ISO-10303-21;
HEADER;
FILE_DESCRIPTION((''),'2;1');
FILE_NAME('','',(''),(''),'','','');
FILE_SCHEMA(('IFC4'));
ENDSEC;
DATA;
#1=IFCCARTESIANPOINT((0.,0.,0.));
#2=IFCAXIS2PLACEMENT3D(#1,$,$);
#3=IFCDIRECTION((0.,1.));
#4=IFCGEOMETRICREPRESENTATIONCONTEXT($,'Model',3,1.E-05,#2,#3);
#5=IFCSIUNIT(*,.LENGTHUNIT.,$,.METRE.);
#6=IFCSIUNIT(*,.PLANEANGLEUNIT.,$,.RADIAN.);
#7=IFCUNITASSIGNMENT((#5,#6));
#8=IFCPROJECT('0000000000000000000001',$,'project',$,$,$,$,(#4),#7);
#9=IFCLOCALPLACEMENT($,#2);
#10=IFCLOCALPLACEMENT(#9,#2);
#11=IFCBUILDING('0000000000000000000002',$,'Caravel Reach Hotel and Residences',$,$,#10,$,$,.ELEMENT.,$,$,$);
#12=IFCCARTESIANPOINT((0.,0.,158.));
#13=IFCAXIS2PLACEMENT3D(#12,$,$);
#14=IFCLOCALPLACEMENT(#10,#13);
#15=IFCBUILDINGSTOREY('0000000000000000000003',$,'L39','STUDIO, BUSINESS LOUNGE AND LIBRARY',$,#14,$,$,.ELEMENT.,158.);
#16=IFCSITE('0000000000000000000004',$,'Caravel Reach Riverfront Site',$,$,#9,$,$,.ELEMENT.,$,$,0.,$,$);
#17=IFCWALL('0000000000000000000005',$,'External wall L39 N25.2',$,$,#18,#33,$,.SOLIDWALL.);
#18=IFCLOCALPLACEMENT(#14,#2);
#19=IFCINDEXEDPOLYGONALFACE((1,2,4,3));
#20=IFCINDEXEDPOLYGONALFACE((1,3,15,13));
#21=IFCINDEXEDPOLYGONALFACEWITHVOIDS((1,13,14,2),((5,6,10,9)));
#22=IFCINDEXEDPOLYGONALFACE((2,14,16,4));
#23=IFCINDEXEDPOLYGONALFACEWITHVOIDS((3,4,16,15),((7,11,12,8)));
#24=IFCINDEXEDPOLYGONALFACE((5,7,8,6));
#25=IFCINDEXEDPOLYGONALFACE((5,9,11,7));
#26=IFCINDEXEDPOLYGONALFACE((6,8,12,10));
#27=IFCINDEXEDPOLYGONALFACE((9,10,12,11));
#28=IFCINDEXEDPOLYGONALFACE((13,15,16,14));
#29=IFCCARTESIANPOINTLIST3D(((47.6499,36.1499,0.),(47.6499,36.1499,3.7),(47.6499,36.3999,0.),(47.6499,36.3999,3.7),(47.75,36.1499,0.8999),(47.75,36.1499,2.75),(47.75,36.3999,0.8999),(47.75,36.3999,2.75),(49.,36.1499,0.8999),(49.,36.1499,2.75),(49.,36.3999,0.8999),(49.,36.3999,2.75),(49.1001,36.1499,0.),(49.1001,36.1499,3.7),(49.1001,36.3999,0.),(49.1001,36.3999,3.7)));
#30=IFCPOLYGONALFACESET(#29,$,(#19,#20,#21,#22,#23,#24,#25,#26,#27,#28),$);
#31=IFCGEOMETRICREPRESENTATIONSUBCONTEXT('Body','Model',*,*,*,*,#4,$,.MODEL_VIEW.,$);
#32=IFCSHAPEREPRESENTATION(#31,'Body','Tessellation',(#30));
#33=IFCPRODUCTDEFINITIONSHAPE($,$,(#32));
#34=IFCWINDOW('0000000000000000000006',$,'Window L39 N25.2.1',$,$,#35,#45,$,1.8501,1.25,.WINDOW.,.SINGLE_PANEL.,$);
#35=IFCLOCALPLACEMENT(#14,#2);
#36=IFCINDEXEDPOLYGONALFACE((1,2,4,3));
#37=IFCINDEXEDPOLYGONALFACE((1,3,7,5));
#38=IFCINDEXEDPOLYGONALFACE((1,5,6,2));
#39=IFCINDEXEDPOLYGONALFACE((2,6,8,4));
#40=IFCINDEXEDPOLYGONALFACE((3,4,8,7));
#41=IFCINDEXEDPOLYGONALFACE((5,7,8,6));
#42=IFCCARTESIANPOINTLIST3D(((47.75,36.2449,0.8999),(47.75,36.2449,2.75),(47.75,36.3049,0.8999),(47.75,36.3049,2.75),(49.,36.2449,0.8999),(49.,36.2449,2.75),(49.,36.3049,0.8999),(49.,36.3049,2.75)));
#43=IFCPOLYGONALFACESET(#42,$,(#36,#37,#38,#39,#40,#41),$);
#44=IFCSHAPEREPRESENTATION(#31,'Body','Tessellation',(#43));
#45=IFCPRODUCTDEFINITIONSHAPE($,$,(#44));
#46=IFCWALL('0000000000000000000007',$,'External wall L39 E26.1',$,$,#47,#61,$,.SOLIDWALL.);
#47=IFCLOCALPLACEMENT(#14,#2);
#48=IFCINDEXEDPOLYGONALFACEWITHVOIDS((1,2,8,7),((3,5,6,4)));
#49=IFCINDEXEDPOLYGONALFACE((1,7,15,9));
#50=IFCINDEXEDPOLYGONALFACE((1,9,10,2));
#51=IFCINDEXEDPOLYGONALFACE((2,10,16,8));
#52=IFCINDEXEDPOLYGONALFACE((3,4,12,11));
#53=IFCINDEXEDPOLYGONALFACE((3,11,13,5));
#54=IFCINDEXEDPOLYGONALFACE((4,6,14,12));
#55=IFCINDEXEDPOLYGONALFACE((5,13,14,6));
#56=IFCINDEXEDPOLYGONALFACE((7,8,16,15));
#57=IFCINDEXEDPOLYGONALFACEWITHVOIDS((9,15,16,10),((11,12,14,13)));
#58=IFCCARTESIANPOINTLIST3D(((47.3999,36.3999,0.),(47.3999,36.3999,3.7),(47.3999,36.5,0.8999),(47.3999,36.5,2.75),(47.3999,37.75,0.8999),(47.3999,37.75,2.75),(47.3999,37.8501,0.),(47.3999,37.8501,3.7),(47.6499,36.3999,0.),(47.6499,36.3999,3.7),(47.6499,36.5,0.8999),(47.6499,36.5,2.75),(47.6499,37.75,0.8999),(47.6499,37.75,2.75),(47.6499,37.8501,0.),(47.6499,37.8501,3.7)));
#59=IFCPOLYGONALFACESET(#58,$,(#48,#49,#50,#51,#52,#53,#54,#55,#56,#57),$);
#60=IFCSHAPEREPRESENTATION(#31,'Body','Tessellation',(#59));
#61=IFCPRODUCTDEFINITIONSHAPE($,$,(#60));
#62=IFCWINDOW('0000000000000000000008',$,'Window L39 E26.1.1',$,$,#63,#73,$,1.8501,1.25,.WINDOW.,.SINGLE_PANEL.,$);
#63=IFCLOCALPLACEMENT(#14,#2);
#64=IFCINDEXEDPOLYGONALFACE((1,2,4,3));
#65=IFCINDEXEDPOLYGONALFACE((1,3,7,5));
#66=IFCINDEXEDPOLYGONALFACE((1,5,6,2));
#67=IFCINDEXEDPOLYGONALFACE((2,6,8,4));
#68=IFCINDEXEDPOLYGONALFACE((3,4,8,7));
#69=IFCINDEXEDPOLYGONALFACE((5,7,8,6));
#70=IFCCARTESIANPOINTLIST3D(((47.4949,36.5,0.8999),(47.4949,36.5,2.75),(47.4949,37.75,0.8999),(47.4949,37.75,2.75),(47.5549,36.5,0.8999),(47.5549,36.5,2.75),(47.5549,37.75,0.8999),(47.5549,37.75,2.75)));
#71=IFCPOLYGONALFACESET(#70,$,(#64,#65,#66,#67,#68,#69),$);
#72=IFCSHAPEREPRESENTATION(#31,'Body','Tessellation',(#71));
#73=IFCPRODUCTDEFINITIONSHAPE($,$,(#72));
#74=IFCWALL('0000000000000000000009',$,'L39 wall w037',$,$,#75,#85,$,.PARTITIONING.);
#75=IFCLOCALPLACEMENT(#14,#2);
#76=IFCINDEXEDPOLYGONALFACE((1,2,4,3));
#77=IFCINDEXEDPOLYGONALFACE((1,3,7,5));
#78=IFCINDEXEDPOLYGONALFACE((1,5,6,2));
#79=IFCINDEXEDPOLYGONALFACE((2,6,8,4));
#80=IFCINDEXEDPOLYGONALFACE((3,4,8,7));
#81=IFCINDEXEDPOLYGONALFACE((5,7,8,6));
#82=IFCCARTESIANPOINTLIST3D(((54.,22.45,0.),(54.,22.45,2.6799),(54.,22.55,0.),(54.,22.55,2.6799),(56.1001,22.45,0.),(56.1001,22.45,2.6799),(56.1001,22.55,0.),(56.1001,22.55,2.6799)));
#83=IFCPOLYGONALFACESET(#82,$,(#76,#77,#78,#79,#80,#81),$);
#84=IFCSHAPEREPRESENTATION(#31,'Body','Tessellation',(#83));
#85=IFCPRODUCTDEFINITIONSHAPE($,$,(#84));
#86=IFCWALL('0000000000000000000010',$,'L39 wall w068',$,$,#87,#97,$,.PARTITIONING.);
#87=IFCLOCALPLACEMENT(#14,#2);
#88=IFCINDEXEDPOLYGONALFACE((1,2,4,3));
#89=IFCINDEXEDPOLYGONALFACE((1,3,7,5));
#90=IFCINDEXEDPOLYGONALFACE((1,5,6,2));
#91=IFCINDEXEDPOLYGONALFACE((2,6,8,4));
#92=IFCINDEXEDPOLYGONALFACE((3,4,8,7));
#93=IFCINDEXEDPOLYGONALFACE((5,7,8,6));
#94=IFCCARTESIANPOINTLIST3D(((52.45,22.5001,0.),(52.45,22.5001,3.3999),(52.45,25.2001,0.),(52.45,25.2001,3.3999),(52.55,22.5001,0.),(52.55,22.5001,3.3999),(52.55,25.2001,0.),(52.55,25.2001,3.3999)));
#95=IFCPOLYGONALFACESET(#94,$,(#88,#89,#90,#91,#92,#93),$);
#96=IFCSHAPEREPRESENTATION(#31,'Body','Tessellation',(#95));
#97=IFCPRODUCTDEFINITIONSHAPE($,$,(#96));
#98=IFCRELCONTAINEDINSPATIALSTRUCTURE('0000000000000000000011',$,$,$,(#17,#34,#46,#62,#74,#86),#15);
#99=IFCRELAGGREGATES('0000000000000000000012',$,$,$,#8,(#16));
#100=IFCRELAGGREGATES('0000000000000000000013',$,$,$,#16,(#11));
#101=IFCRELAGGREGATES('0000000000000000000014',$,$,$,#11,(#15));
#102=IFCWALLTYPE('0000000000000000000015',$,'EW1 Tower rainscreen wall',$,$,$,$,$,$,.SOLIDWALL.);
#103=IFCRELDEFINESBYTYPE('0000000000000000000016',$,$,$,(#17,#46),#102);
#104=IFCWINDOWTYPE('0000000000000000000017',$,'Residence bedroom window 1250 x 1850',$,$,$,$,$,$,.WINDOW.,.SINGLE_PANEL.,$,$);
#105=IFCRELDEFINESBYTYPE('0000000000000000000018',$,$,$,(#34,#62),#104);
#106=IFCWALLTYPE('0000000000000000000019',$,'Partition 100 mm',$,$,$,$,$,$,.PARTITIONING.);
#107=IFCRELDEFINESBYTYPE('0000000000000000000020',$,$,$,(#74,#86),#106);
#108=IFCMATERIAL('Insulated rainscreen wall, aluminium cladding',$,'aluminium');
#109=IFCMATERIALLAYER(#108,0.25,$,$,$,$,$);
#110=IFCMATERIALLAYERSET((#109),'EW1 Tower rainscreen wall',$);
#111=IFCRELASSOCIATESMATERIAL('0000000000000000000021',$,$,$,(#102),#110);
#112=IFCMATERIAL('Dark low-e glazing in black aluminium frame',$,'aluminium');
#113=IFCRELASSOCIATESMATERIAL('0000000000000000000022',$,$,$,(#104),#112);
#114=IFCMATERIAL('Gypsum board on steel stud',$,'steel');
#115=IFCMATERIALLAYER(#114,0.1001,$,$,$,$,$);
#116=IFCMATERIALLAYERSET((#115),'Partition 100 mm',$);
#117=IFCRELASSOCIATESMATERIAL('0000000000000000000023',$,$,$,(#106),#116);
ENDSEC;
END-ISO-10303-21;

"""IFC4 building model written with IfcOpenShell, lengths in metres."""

from ifc_helpers import new_model, si_unit, direction, frame, frame_2d, origin, place, context, subcontext, project, spatial, rectangle, extrude, material, layer, layer_set, type_object, element, fill, save


model = new_model("IFC4")

# Units and contexts
model_context = context("Model", 3, precision=1e-05, world=origin(), true_north=direction((0.0, 1.0)))
body_context = subcontext(model_context, "Body", "Model", "MODEL_VIEW")
ifc_project = project(units=[si_unit("LENGTHUNIT", "METRE"), si_unit("PLANEANGLEUNIT", "RADIAN")], contexts=[model_context])

# Site, building, storey
site_placement = place(None, origin())
site = spatial("IfcSite", under=ifc_project, at=site_placement, Name="Caravel Reach Riverfront Site", CompositionType="ELEMENT", RefElevation=0.0)
building_placement = place(site_placement, origin())
building = spatial("IfcBuilding", under=site, at=building_placement, Name="Caravel Reach Hotel and Residences", CompositionType="ELEMENT")
storey_placement = place(building_placement, frame((0.0, 0.0, 158.0)))
storey = spatial("IfcBuildingStorey", under=building, at=storey_placement, Name="L39", Description="STUDIO, BUSINESS LOUNGE AND LIBRARY", CompositionType="ELEMENT", Elevation=158.0)

# Shared definitions
ifc_material_1 = material(Name="Insulated rainscreen wall, aluminium cladding", Category="aluminium")
ifc_layer_1 = layer(ifc_material_1, 0.25)
ifc_layer_set_1 = layer_set([ifc_layer_1], Name="EW1 Tower rainscreen wall")
wall_type_1 = type_object("IfcWallType", Name="EW1 Tower rainscreen wall", PredefinedType="SOLIDWALL", material=ifc_layer_set_1)

# Walls, openings, windows
wall_1_placement = place(storey_placement, frame((49.1001, 36.2749, 0.0), z_axis=(0.0, 0.0, 1.0), x_axis=(-1.0, 0.0, 0.0)))
wall_1 = element("IfcWall", 1, at=wall_1_placement, inside=storey, type_object=wall_type_1, Name="External wall L39 N25.2", PredefinedType="SOLIDWALL", context=body_context, shape_type="SweptSolid", body=[
    extrude(rectangle(XDim=1.4502, YDim=0.25, at=frame_2d((0.7251, 0.0))), origin(), (0.0, 0.0, 1.0), 3.7),
])
opening_1_placement = place(wall_1_placement, frame((0.1001, 0.0, 0.8999)))
opening_1 = element("IfcOpeningElement", 2, at=opening_1_placement, cuts=wall_1, PredefinedType="OPENING", context=body_context, shape_type="SweptSolid", body=[
    extrude(rectangle(XDim=1.25, YDim=1.8501, at=frame_2d((0.625, 0.925))), frame((0.0, 0.135, 0.0), z_axis=(0.0, -1.0, 0.0), x_axis=(1.0, 0.0, 0.0)), (0.0, 0.0, 1.0), 0.27),
])
ifc_material_2 = material(Name="Dark low-e glazing in black aluminium frame", Category="aluminium")
window_type_1 = type_object("IfcWindowType", Name="Residence bedroom window 1250 x 1850", PartitioningType="SINGLE_PANEL", PredefinedType="WINDOW", material=ifc_material_2)
window_1_placement = place(opening_1_placement, origin())
window_1 = element("IfcWindow", 3, at=window_1_placement, inside=storey, type_object=window_type_1, Name="Window L39 N25.2.1", OverallHeight=1.8501, OverallWidth=1.25, PartitioningType="SINGLE_PANEL", PredefinedType="WINDOW", context=body_context, shape_type="SweptSolid", body=[
    extrude(rectangle(XDim=1.25, YDim=1.8501, at=frame_2d((0.625, 0.925))), frame((0.0, 0.03, 0.0), z_axis=(0.0, -1.0, 0.0), x_axis=(1.0, 0.0, 0.0)), (0.0, 0.0, 1.0), 0.0601),
])
fill(opening_1, window_1)
wall_2_placement = place(storey_placement, frame((47.5249, 36.3999, 0.0), z_axis=(0.0, 0.0, 1.0), x_axis=(0.0, 1.0, 0.0)))
wall_2 = element("IfcWall", 4, at=wall_2_placement, inside=storey, type_object=wall_type_1, Name="External wall L39 E26.1", PredefinedType="SOLIDWALL", context=body_context, shape_type="SweptSolid", body=[
    extrude(rectangle(XDim=1.4502, YDim=0.25, at=frame_2d((0.7251, 0.0))), origin(), (0.0, 0.0, 1.0), 3.7),
])
opening_2_placement = place(wall_2_placement, frame((0.1001, 0.0, 0.8999)))
opening_2 = element("IfcOpeningElement", 5, at=opening_2_placement, cuts=wall_2, PredefinedType="OPENING", context=body_context, shape_type="SweptSolid", body=[
    extrude(rectangle(XDim=1.25, YDim=1.8501, at=frame_2d((0.625, 0.925))), frame((0.0, 0.135, 0.0), z_axis=(0.0, -1.0, 0.0), x_axis=(1.0, 0.0, 0.0)), (0.0, 0.0, 1.0), 0.27),
])
window_2_placement = place(opening_2_placement, origin())
window_2 = element("IfcWindow", 6, at=window_2_placement, inside=storey, type_object=window_type_1, Name="Window L39 E26.1.1", OverallHeight=1.8501, OverallWidth=1.25, PartitioningType="SINGLE_PANEL", PredefinedType="WINDOW", context=body_context, shape_type="SweptSolid", body=[
    extrude(rectangle(XDim=1.25, YDim=1.8501, at=frame_2d((0.625, 0.925))), frame((0.0, 0.03, 0.0), z_axis=(0.0, -1.0, 0.0), x_axis=(1.0, 0.0, 0.0)), (0.0, 0.0, 1.0), 0.0601),
])
fill(opening_2, window_2)

# Walls
ifc_material_3 = material(Name="Gypsum board on steel stud", Category="steel")
ifc_layer_2 = layer(ifc_material_3, 0.1001)
ifc_layer_set_2 = layer_set([ifc_layer_2], Name="Partition 100 mm")
wall_type_2 = type_object("IfcWallType", Name="Partition 100 mm", PredefinedType="PARTITIONING", material=ifc_layer_set_2)
wall_3_placement = place(storey_placement, frame((54.0, 22.5, 0.0), z_axis=(0.0, 0.0, 1.0), x_axis=(1.0, 0.0, 0.0)))
element("IfcWall", 7, at=wall_3_placement, inside=storey, type_object=wall_type_2, Name="L39 wall w037", PredefinedType="PARTITIONING", context=body_context, shape_type="SweptSolid", body=[
    extrude(rectangle(XDim=2.1001, YDim=0.1001, at=frame_2d((1.05, 0.0))), origin(), (0.0, 0.0, 1.0), 2.6799),
])
wall_4_placement = place(storey_placement, frame((52.5, 22.5, 0.0), z_axis=(0.0, 0.0, 1.0), x_axis=(0.0, 1.0, 0.0)))
element("IfcWall", 8, at=wall_4_placement, inside=storey, type_object=wall_type_2, Name="L39 wall w068", PredefinedType="PARTITIONING", context=body_context, shape_type="SweptSolid", body=[
    extrude(rectangle(XDim=2.7, YDim=0.1001, at=frame_2d((1.3501, 0.0))), origin(), (0.0, 0.0, 1.0), 3.3999),
])

save(model, "model.ifc")
